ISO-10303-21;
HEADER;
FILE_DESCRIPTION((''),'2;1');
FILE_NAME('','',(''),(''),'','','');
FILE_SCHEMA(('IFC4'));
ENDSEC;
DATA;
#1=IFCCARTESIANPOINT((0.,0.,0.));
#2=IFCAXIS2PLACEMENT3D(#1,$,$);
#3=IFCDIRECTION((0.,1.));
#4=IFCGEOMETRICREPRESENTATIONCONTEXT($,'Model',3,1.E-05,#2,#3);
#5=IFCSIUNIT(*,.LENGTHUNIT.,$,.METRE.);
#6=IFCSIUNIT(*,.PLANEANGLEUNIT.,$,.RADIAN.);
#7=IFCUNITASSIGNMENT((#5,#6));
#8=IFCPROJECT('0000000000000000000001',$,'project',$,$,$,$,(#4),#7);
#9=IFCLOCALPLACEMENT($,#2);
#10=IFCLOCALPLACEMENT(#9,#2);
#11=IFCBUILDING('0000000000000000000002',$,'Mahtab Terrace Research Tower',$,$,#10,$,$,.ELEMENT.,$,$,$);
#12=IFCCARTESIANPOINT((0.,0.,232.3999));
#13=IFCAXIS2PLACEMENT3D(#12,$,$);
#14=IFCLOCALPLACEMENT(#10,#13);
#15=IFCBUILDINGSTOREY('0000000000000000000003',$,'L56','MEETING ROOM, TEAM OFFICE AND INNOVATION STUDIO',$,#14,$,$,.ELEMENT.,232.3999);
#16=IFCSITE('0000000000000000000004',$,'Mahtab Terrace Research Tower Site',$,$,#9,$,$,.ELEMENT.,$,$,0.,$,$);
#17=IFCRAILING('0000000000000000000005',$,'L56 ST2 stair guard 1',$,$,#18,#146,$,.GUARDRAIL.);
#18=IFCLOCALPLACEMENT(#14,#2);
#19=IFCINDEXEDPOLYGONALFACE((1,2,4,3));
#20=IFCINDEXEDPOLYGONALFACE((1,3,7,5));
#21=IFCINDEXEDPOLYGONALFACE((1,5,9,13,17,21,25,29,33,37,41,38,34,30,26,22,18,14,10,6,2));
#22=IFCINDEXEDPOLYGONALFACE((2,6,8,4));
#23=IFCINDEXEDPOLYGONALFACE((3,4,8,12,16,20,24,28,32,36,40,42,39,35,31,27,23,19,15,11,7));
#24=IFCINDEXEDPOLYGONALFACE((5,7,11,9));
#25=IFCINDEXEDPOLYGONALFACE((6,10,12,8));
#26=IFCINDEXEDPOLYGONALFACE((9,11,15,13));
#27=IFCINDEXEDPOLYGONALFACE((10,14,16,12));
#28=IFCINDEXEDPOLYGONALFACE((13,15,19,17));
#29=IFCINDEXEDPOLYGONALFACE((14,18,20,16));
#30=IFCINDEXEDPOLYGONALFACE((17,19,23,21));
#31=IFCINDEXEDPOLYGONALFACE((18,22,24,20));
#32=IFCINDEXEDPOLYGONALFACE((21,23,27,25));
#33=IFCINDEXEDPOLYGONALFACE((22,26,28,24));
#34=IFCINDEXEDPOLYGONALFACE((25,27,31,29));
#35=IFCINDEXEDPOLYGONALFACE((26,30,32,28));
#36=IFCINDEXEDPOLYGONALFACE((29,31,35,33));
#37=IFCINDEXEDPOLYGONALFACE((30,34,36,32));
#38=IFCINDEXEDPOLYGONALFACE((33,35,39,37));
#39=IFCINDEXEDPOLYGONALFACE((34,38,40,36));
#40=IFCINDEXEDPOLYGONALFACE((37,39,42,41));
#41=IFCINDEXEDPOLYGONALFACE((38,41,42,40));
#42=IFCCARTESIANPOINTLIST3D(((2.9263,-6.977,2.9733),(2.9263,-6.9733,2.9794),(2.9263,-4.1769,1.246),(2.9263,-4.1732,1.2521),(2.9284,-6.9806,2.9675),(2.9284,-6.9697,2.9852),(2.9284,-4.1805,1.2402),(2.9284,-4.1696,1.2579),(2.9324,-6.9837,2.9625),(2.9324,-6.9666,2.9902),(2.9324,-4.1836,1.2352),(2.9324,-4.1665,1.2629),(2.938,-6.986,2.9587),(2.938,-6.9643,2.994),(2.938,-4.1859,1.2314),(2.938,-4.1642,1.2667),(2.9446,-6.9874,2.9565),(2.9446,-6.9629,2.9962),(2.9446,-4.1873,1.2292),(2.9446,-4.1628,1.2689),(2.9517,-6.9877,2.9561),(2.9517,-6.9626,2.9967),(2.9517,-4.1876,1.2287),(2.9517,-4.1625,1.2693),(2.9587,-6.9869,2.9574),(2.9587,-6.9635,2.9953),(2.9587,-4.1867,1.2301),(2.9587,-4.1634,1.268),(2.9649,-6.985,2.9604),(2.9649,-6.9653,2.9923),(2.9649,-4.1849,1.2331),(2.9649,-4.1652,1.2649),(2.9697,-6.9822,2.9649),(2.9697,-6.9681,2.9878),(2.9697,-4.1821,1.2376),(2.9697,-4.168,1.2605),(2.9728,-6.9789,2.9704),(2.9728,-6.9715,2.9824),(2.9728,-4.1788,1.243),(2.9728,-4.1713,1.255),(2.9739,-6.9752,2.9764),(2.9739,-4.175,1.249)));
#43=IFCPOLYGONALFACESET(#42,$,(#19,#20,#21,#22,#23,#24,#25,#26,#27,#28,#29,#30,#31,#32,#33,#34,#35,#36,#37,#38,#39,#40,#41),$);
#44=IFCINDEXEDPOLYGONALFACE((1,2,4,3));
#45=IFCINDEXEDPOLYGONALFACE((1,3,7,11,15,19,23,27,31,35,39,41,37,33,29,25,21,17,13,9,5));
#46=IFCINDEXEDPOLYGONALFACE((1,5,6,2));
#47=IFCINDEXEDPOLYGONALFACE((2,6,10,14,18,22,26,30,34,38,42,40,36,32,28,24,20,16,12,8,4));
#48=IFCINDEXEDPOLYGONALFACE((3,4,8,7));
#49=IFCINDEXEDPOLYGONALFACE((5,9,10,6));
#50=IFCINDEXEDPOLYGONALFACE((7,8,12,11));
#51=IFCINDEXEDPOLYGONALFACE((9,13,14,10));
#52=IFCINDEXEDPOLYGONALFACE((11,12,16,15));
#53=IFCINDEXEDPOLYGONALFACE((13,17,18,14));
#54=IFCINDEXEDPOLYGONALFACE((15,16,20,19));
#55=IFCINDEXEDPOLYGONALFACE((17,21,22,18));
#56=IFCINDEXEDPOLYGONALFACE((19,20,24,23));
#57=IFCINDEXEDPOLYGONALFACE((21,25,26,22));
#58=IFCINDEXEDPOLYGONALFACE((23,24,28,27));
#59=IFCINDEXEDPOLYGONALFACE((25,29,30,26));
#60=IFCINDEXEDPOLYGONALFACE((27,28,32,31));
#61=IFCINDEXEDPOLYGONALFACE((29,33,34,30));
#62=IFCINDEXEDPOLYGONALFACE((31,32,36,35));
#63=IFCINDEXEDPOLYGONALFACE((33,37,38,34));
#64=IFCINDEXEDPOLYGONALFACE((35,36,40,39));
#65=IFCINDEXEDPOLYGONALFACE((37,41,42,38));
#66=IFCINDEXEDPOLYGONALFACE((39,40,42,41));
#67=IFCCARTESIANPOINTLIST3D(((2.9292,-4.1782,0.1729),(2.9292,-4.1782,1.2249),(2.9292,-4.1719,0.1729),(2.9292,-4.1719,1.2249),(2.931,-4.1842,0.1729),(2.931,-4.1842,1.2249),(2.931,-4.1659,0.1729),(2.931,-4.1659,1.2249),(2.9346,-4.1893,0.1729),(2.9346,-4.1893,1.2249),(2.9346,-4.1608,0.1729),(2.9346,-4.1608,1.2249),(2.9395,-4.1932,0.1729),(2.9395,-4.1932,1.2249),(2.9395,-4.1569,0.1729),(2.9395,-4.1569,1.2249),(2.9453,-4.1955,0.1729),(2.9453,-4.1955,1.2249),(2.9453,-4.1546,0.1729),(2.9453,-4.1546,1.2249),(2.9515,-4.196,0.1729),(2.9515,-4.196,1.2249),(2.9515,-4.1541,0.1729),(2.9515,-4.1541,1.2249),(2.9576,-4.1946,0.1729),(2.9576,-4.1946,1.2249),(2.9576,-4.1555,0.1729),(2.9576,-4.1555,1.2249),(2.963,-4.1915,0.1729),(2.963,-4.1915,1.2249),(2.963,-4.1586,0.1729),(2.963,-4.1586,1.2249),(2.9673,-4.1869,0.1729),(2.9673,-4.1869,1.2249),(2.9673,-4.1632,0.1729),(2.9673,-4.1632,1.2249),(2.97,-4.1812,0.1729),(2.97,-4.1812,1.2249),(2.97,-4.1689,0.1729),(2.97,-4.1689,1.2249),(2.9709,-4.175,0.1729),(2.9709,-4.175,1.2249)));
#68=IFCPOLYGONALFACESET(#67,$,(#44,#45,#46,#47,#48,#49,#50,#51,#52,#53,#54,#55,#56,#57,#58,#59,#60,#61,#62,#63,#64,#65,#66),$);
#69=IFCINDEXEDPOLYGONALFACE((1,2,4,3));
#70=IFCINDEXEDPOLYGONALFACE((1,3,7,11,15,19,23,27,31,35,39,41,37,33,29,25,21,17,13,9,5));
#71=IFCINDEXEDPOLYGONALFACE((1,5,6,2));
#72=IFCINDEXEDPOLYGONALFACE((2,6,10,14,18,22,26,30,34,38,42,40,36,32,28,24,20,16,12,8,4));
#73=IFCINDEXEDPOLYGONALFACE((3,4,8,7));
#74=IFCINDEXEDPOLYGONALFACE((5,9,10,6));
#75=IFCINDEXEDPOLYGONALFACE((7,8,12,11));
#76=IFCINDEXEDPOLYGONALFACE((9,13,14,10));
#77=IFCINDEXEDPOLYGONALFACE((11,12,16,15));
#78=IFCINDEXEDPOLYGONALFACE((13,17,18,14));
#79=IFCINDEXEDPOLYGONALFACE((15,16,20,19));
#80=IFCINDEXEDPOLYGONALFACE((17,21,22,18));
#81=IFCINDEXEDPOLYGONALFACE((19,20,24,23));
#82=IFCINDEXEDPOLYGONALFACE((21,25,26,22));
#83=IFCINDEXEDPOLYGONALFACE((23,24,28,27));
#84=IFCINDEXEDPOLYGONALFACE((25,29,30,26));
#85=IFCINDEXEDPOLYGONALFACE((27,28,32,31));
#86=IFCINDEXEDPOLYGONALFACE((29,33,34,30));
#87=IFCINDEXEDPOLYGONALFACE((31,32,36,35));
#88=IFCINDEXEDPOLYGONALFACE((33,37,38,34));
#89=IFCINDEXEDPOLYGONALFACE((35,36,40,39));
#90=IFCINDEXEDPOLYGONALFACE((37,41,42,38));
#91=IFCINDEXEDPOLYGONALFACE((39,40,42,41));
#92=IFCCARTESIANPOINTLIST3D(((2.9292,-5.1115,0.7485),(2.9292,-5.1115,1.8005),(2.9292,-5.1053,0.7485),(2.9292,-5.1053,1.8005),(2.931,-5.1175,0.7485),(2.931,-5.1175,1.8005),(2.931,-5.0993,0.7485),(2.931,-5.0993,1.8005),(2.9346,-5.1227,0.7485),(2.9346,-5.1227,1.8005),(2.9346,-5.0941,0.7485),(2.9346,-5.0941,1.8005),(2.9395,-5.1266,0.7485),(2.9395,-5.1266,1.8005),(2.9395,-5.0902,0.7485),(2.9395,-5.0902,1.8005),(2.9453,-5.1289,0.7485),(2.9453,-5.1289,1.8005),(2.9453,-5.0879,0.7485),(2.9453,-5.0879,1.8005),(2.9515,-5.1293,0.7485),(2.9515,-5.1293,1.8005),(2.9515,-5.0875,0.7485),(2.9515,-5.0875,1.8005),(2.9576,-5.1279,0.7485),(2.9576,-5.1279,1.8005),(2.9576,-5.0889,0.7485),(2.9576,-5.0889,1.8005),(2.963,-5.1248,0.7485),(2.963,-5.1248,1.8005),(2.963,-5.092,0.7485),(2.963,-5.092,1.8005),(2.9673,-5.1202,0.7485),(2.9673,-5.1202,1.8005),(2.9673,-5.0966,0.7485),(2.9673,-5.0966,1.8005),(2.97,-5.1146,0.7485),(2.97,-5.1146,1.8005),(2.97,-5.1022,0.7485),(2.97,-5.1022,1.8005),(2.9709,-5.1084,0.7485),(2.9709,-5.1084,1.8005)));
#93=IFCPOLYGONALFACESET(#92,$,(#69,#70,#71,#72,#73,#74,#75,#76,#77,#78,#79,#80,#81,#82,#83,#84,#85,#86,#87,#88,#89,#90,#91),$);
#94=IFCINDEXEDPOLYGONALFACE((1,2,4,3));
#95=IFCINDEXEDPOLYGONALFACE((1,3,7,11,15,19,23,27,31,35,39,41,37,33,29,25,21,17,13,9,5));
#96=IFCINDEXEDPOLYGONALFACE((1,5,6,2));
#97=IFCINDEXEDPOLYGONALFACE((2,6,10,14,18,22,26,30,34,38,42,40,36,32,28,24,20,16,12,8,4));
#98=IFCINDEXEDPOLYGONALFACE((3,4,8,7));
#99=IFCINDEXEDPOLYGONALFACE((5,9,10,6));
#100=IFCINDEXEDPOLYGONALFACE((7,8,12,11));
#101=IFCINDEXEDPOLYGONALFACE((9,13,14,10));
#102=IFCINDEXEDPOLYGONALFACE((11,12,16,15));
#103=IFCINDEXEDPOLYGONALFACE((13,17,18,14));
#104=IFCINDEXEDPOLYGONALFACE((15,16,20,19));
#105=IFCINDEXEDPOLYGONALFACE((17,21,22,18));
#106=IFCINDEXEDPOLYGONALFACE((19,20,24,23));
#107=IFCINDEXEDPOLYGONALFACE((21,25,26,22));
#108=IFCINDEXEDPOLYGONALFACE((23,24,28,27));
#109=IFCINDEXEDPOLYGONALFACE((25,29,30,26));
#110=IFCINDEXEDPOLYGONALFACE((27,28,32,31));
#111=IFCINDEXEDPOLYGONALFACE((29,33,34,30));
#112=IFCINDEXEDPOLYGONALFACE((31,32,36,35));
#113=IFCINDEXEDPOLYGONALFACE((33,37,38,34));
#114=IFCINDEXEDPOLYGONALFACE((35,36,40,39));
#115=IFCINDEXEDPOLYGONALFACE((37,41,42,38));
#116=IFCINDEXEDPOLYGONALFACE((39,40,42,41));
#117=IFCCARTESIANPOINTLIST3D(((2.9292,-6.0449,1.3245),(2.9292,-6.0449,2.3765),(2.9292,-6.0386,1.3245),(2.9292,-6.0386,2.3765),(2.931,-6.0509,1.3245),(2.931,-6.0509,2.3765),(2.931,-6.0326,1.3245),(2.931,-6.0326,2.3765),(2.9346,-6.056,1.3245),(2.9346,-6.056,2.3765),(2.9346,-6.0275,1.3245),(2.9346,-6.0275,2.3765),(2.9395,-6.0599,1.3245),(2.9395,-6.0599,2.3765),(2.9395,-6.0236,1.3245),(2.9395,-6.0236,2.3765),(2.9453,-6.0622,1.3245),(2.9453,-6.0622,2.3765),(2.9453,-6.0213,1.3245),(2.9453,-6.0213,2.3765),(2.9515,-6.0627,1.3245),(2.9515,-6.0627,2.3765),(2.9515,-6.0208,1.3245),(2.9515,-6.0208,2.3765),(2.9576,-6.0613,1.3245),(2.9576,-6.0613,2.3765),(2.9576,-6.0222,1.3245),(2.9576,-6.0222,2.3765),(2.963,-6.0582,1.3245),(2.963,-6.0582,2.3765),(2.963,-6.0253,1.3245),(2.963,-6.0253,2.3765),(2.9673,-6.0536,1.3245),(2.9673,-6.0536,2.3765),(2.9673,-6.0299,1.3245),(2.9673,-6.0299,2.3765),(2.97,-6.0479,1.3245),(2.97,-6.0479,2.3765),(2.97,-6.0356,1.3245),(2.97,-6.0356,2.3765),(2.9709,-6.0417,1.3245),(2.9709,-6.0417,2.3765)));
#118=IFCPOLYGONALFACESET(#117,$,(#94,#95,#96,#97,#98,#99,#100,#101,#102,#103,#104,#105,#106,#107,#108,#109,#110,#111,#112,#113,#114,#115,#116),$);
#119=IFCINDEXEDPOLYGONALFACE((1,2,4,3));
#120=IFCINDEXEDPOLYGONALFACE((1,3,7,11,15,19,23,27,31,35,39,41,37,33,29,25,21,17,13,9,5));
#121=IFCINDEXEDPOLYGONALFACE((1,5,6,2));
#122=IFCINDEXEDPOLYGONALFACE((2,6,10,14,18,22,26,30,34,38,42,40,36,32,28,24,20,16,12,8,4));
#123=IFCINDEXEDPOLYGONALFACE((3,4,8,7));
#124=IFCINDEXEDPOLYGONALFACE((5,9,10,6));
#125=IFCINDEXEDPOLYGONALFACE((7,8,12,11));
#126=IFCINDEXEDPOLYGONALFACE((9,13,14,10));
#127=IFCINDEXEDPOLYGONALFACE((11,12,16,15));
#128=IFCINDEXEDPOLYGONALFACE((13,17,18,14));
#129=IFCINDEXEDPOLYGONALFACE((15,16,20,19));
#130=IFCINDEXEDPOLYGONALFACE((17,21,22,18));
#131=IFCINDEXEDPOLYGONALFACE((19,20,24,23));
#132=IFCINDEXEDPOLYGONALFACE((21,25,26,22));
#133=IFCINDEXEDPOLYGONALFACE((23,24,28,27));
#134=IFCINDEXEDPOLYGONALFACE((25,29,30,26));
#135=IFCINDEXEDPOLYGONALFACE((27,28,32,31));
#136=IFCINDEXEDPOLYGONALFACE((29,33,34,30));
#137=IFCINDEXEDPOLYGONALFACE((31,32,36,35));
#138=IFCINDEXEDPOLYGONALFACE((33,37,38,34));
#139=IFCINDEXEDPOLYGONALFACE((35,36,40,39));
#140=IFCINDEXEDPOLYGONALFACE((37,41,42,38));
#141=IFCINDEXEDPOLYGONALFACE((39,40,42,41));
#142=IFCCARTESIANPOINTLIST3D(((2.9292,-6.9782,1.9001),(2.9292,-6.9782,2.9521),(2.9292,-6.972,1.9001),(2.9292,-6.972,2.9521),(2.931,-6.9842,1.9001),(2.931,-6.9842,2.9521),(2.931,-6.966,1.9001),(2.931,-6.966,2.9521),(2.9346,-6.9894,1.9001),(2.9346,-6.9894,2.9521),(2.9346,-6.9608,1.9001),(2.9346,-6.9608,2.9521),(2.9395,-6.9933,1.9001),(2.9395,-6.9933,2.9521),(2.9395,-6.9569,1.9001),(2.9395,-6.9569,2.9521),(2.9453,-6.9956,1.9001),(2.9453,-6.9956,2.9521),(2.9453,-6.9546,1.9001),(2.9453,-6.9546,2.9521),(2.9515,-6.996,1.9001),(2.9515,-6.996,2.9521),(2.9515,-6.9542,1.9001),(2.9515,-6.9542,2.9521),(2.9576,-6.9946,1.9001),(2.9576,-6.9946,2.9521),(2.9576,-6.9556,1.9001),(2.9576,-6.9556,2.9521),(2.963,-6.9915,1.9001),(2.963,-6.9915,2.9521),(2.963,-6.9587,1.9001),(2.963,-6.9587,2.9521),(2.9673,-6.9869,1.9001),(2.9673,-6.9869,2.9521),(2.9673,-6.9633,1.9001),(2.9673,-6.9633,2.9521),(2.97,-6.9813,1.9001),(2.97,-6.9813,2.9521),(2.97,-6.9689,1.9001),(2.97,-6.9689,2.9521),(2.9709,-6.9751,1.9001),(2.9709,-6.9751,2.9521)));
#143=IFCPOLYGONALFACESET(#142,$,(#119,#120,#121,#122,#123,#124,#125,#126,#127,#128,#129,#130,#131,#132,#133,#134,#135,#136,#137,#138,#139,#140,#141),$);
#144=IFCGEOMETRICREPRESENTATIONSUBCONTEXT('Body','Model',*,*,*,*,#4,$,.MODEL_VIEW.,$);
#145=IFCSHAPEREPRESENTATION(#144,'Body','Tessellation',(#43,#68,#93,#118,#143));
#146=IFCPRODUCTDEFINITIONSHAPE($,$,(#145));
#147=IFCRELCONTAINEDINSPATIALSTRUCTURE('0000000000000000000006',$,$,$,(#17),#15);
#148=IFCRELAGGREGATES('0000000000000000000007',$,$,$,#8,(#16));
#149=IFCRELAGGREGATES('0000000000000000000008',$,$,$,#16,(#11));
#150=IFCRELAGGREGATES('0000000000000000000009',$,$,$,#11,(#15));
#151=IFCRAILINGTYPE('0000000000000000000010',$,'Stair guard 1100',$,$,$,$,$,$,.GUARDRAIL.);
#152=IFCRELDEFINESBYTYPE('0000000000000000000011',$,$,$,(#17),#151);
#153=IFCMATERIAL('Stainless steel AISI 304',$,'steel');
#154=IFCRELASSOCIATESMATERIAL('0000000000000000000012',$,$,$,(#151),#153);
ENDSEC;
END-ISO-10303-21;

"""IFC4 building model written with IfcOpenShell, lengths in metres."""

from ifc_helpers import new_model, si_unit, direction, frame, origin, origin_2d, place, context, subcontext, project, spatial, circle, extrude, material, type_object, element, save


model = new_model("IFC4")

# Units and contexts
model_context = context("Model", 3, precision=1e-05, world=origin(), true_north=direction((0.0, 1.0)))
body_context = subcontext(model_context, "Body", "Model", "MODEL_VIEW")
ifc_project = project(units=[si_unit("LENGTHUNIT", "METRE"), si_unit("PLANEANGLEUNIT", "RADIAN")], contexts=[model_context])

# Site, building, storey
site_placement = place(None, origin())
site = spatial("IfcSite", under=ifc_project, at=site_placement, Name="Mahtab Terrace Research Tower Site", CompositionType="ELEMENT", RefElevation=0.0)
building_placement = place(site_placement, origin())
building = spatial("IfcBuilding", under=site, at=building_placement, Name="Mahtab Terrace Research Tower", CompositionType="ELEMENT")
storey_placement = place(building_placement, frame((0.0, 0.0, 232.3999)))
storey = spatial("IfcBuildingStorey", under=building, at=storey_placement, Name="L56", Description="MEETING ROOM, TEAM OFFICE AND INNOVATION STUDIO", CompositionType="ELEMENT", Elevation=232.3999)

# Railing
ifc_material_1 = material(Name="Stainless steel AISI 304", Category="steel")
railing_type_1 = type_object("IfcRailingType", Name="Stair guard 1100", PredefinedType="GUARDRAIL", material=ifc_material_1)
railing_1_placement = place(storey_placement, frame((2.95, -4.175, 0.1729)))
element("IfcRailing", 1, at=railing_1_placement, inside=storey, type_object=railing_type_1, Name="L56 ST2 stair guard 1", PredefinedType="GUARDRAIL", context=body_context, shape_type="SweptSolid", body=[
    extrude(circle(Radius=0.0239, at=origin_2d()), frame((0.0, 0.0, 1.0762), z_axis=(0.0, -0.85109, 0.52502), x_axis=(1.0, 0.0, 0.0)), (0.0, 0.0, 1.0), 3.29),
    extrude(circle(Radius=0.021, at=origin_2d()), origin(), (0.0, 0.0, 1.0), 1.052),
    extrude(circle(Radius=0.021, at=origin_2d()), frame((0.0, -0.9333, 0.5757)), (0.0, 0.0, 1.0), 1.052),
    extrude(circle(Radius=0.021, at=origin_2d()), frame((0.0, -1.8667, 1.1516)), (0.0, 0.0, 1.0), 1.052),
    extrude(circle(Radius=0.021, at=origin_2d()), frame((0.0, -2.8, 1.7273)), (0.0, 0.0, 1.0), 1.052),
])

save(model, "model.ifc")
